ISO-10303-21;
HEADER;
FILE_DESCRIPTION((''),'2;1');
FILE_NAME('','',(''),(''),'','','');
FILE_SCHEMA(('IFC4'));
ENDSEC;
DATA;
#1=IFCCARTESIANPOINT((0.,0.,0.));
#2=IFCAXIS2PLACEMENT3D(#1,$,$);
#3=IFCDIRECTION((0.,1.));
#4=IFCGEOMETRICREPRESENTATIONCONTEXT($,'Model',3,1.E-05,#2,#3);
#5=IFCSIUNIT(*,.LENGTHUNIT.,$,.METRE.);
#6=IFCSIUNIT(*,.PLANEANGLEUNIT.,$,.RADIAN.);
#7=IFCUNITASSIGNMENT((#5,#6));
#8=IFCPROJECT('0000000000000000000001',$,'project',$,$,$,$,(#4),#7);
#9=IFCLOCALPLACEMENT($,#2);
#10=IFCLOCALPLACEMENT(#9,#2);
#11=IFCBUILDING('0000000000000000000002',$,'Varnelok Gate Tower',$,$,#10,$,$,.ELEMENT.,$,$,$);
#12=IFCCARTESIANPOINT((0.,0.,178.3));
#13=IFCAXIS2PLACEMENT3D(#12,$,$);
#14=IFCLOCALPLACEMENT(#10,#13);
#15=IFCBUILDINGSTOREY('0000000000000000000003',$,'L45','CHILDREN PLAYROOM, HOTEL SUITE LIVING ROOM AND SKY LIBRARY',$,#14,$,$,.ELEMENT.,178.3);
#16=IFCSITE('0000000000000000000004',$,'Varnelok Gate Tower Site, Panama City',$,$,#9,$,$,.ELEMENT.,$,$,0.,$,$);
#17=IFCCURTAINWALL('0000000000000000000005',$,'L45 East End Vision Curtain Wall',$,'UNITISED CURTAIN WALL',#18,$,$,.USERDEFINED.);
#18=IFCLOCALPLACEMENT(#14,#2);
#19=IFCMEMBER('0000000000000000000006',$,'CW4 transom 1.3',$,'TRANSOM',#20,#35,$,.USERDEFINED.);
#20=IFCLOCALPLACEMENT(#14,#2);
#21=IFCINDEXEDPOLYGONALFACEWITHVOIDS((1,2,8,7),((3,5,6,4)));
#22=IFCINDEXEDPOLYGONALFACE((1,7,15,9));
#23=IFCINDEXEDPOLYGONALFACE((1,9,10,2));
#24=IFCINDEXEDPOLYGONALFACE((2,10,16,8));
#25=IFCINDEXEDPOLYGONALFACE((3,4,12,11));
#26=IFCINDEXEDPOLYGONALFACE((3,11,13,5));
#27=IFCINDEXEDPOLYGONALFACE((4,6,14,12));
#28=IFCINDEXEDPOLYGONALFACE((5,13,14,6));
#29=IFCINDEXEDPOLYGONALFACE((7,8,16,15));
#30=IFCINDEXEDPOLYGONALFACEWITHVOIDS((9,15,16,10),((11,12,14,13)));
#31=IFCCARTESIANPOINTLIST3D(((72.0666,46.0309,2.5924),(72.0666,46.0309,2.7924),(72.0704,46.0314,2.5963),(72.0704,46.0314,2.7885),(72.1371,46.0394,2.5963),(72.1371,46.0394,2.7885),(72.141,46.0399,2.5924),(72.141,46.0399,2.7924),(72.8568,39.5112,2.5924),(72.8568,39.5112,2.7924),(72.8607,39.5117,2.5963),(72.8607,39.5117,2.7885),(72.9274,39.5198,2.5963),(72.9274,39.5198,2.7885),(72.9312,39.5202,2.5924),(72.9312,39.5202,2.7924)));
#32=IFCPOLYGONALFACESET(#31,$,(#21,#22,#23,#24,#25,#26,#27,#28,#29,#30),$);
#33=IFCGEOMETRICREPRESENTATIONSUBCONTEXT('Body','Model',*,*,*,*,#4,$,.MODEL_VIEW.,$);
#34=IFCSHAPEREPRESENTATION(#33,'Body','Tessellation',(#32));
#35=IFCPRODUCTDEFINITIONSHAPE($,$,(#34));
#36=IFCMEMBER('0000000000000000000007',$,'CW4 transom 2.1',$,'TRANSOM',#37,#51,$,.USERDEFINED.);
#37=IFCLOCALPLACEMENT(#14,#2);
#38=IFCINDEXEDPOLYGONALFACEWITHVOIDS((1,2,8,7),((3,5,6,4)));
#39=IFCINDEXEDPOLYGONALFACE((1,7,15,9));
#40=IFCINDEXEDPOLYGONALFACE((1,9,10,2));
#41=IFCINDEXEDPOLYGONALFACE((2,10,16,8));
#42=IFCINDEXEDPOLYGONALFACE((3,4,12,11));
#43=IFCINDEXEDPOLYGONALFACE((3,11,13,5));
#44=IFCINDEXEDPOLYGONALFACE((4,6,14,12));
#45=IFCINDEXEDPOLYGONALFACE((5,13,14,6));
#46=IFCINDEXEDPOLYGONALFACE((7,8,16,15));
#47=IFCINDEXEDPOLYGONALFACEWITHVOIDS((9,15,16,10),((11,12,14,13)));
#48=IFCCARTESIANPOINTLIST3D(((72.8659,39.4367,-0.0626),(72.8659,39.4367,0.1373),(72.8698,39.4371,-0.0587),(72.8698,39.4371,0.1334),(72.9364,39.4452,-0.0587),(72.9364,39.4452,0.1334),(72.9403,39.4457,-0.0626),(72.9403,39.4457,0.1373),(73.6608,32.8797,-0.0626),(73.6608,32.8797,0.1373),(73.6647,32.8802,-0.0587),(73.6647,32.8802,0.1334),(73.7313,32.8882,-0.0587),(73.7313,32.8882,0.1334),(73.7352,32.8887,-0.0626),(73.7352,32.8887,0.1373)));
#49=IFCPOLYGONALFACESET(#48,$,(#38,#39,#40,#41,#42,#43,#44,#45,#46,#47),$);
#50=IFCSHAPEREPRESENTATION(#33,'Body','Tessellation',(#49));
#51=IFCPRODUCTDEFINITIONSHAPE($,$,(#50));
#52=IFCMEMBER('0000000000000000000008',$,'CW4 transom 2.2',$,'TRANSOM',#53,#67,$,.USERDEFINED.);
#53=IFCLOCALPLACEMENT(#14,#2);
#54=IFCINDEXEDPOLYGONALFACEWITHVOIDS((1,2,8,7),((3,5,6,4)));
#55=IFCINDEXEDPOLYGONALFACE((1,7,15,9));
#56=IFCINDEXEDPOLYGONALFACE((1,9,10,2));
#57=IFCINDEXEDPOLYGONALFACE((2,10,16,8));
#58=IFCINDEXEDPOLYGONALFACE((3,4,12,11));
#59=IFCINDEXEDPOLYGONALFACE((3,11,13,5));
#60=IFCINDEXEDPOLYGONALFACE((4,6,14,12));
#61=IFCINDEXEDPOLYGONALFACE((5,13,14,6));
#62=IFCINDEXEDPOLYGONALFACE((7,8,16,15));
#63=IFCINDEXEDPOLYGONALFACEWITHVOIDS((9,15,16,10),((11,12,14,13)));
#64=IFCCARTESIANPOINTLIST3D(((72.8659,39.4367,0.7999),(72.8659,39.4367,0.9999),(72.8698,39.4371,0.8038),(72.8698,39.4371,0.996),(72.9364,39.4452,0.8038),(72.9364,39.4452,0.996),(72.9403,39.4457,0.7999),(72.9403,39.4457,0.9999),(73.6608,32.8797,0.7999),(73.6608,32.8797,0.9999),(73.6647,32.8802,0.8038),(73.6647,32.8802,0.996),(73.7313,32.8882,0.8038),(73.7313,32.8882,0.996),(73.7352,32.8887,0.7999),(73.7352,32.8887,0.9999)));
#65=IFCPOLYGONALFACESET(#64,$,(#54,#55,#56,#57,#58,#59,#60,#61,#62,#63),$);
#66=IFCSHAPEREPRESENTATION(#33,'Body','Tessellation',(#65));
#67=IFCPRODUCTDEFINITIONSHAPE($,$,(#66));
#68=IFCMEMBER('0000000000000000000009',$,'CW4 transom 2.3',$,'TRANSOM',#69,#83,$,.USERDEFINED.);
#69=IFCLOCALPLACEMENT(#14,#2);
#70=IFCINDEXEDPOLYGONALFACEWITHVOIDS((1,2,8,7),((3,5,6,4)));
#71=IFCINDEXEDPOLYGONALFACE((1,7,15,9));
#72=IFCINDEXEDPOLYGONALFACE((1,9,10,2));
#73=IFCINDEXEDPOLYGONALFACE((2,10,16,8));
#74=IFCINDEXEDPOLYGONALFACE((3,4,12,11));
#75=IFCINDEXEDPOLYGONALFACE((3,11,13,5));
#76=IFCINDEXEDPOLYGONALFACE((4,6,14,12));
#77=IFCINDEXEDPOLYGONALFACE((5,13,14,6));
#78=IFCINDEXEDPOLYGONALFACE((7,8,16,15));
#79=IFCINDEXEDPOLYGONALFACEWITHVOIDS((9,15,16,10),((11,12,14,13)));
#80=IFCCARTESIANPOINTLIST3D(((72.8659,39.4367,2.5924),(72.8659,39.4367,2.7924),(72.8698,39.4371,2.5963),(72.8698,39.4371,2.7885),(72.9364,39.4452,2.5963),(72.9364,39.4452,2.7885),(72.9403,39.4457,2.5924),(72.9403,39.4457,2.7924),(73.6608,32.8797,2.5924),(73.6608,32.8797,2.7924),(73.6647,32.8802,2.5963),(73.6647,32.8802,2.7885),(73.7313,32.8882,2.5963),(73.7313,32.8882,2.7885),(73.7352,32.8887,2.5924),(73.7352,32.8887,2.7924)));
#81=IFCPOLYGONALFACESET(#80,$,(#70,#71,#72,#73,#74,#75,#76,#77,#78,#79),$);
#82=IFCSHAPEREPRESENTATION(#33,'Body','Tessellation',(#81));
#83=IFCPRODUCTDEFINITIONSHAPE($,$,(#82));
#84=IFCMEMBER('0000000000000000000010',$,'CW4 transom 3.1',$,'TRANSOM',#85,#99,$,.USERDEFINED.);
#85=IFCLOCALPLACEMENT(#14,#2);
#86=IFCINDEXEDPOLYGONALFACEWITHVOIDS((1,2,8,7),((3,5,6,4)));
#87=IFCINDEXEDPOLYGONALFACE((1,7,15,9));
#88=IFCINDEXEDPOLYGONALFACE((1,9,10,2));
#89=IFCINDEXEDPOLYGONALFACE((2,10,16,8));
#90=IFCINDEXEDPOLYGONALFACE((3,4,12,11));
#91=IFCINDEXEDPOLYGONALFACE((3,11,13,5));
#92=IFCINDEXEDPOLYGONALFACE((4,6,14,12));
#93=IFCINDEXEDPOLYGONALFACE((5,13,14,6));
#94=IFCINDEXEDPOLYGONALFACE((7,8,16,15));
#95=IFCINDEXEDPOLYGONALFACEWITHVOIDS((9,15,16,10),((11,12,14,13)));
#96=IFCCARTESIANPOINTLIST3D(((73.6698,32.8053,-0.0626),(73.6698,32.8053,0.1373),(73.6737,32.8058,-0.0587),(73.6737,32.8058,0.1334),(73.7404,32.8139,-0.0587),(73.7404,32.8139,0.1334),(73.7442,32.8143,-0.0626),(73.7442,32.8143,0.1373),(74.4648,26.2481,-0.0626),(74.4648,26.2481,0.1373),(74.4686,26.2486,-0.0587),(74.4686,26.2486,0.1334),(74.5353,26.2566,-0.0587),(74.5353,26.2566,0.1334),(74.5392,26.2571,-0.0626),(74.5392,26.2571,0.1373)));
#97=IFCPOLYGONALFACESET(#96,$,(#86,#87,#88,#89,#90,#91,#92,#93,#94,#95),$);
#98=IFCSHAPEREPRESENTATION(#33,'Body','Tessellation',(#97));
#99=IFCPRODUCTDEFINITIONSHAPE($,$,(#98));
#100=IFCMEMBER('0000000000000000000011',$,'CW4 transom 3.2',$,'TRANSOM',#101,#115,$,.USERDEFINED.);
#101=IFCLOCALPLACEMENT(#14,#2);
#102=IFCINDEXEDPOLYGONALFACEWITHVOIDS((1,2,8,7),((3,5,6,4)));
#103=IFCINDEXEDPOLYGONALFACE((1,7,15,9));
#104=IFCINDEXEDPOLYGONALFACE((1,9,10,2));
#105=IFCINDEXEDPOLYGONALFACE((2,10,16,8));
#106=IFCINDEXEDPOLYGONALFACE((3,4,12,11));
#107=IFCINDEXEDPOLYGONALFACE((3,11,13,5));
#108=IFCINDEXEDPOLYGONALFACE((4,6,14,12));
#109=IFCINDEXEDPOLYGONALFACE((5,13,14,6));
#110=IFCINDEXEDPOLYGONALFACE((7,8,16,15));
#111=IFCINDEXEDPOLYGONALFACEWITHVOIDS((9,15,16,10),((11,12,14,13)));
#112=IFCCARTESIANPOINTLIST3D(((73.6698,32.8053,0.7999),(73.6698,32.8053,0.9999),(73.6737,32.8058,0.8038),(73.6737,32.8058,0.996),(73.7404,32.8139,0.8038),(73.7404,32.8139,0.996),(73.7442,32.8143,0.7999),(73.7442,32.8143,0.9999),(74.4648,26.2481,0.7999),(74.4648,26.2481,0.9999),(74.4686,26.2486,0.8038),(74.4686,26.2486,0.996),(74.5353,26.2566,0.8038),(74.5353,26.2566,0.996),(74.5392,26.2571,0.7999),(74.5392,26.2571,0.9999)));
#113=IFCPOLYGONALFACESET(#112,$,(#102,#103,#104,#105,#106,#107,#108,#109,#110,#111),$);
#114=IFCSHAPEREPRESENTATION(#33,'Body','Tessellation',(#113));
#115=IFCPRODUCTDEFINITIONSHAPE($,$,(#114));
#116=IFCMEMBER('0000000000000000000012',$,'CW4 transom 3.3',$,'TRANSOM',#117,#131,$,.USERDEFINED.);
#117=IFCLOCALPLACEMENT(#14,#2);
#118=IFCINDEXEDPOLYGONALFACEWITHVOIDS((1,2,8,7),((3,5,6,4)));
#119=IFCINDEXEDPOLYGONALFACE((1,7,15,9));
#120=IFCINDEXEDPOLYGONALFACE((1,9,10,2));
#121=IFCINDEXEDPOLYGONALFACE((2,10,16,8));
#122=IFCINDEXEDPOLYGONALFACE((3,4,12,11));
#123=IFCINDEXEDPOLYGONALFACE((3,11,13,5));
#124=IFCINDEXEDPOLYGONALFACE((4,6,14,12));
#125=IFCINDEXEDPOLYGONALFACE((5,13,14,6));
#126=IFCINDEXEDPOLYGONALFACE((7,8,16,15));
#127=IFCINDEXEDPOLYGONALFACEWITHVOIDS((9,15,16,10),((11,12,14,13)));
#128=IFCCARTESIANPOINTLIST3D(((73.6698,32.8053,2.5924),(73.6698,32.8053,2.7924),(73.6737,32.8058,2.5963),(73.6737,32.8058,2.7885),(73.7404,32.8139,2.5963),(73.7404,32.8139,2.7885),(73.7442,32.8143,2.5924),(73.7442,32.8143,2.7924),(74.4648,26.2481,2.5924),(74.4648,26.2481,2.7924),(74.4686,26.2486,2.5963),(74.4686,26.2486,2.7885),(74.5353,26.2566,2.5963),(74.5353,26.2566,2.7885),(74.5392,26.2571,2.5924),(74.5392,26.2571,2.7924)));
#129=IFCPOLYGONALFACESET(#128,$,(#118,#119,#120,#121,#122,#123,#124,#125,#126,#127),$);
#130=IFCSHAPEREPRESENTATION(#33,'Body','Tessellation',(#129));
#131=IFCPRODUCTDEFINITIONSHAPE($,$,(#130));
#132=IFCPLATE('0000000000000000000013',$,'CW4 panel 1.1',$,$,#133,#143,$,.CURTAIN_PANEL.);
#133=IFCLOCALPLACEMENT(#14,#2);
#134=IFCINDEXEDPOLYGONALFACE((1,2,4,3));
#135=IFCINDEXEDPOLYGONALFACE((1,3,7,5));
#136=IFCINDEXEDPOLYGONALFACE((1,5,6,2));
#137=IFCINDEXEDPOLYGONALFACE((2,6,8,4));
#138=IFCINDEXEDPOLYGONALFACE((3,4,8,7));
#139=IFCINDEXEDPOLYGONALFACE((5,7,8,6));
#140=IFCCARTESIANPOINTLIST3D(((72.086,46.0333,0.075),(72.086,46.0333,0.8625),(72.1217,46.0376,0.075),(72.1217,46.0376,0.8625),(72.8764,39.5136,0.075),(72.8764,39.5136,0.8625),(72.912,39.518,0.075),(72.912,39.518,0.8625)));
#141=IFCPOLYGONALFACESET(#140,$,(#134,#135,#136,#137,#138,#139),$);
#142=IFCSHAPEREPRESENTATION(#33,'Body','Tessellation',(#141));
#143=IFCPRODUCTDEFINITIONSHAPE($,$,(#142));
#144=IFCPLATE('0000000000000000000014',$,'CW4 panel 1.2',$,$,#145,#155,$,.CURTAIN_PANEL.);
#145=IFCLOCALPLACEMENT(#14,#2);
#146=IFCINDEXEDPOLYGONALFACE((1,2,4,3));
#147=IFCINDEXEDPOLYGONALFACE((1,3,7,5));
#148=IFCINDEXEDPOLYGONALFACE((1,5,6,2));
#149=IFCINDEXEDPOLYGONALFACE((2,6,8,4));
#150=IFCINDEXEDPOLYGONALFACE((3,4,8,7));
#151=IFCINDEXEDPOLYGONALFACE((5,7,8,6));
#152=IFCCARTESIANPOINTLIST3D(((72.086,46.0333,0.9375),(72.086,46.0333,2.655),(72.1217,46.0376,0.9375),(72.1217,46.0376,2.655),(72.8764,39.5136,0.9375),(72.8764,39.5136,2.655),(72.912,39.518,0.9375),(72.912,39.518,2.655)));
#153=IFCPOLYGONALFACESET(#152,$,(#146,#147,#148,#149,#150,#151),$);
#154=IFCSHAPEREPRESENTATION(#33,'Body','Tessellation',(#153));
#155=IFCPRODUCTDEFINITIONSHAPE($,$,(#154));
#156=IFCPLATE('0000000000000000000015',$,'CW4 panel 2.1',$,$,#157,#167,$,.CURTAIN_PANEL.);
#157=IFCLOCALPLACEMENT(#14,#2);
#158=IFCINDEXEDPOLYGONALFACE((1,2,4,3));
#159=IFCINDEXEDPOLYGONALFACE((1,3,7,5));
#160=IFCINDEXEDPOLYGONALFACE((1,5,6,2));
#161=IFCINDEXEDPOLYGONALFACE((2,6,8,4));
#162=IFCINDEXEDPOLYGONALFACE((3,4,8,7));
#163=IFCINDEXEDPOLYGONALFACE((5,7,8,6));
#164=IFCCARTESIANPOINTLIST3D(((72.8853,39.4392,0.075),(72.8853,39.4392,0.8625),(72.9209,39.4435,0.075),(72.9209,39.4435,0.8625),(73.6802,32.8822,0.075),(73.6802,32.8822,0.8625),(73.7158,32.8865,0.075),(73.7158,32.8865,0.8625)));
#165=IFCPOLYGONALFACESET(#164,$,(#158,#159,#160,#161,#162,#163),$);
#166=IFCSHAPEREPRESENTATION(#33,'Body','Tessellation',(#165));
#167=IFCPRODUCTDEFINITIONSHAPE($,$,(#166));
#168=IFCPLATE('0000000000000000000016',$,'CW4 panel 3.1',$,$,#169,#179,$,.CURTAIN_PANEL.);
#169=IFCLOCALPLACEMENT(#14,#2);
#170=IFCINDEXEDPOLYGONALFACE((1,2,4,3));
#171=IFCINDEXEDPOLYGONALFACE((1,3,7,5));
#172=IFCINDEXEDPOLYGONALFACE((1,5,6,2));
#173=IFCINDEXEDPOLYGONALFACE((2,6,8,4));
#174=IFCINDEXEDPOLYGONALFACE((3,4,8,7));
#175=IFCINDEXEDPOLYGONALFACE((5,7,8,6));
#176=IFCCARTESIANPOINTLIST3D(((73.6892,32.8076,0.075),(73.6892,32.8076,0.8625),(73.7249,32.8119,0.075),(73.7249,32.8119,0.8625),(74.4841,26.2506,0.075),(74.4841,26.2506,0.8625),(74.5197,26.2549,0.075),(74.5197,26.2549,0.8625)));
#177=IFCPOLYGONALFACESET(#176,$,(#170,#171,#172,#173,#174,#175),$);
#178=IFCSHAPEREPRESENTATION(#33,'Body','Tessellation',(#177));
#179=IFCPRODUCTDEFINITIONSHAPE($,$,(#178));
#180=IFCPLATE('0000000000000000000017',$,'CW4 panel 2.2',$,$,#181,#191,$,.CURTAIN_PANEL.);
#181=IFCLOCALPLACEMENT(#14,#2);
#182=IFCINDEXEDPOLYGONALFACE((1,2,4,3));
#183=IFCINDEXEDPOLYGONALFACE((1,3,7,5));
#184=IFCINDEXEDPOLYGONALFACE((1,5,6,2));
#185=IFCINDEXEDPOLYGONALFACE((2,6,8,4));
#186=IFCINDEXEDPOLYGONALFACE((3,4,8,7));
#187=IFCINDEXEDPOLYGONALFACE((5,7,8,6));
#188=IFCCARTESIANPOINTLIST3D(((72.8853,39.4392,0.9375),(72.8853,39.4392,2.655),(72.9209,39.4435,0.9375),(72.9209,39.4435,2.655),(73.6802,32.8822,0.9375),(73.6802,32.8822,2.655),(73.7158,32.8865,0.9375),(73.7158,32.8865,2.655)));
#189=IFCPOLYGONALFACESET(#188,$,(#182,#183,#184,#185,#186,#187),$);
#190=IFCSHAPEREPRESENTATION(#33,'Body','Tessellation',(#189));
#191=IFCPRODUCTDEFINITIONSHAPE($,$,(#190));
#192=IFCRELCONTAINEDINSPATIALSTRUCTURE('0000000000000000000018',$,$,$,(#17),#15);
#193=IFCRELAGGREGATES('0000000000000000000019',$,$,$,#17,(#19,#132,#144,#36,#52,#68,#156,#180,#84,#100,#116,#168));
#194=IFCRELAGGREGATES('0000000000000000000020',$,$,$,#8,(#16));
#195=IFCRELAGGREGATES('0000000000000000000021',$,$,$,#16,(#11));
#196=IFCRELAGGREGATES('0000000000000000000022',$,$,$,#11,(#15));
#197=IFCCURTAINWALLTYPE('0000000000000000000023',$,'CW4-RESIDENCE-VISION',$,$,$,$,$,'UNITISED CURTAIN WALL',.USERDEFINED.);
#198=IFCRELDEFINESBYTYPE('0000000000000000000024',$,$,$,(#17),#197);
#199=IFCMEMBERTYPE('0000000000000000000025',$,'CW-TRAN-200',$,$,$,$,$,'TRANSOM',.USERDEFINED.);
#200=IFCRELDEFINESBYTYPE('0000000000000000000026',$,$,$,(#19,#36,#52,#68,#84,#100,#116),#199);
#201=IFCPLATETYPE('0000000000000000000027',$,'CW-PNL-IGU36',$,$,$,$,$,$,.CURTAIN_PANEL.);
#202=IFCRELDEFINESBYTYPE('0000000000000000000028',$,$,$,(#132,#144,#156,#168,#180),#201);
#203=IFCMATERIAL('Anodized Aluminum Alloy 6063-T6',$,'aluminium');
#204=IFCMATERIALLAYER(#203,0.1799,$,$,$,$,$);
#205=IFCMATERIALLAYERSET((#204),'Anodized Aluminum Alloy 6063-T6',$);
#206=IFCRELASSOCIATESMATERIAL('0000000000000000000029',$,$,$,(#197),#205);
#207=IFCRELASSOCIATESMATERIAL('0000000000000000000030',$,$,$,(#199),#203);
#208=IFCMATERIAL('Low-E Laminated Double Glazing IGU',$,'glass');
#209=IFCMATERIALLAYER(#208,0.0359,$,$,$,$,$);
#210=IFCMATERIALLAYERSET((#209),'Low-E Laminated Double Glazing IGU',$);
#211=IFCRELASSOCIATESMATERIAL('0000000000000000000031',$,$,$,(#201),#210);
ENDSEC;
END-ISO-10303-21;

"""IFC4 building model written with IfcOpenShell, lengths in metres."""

from ifc_helpers import new_model, si_unit, direction, frame, origin, origin_2d, place, context, subcontext, project, spatial, rectangle, hollow_rectangle, extrude, source, transform, mapped, material, layer, layer_set, material_profile, profile_set, type_object, element, aggregate, save


model = new_model("IFC4")

# Units and contexts
model_context = context("Model", 3, precision=1e-05, world=origin(), true_north=direction((0.0, 1.0)))
body_context = subcontext(model_context, "Body", "Model", "MODEL_VIEW")
ifc_project = project(units=[si_unit("LENGTHUNIT", "METRE"), si_unit("PLANEANGLEUNIT", "RADIAN")], contexts=[model_context])

# Site, building, storey
site_placement = place(None, origin())
site = spatial("IfcSite", under=ifc_project, at=site_placement, Name="Varnelok Gate Tower Site, Panama City", CompositionType="ELEMENT", RefElevation=0.0)
building_placement = place(site_placement, origin())
building = spatial("IfcBuilding", under=site, at=building_placement, Name="Varnelok Gate Tower", CompositionType="ELEMENT")
storey_placement = place(building_placement, frame((0.0, 0.0, 178.3)))
storey = spatial("IfcBuildingStorey", under=building, at=storey_placement, Name="L45", Description="CHILDREN PLAYROOM, HOTEL SUITE LIVING ROOM AND SKY LIBRARY", CompositionType="ELEMENT", Elevation=178.3)

# Curtain wall, members, plates
ifc_material_1 = material(Name="Anodized Aluminum Alloy 6063-T6", Category="aluminium")
ifc_layer_1 = layer(ifc_material_1, 0.1799)
ifc_layer_set_1 = layer_set([ifc_layer_1], Name="Anodized Aluminum Alloy 6063-T6")
curtain_wall_type = type_object("IfcCurtainWallType", Name="CW4-RESIDENCE-VISION", ElementType="UNITISED CURTAIN WALL", PredefinedType="USERDEFINED", material=ifc_layer_set_1)
curtain_wall_placement = place(storey_placement, origin())
curtain_wall = element("IfcCurtainWall", 1, at=curtain_wall_placement, inside=storey, type_object=curtain_wall_type, Name="L45 East End Vision Curtain Wall", ObjectType="UNITISED CURTAIN WALL", PredefinedType="USERDEFINED")
ifc_material_profile_1 = material_profile(ifc_material_1, hollow_rectangle(XDim=0.075, YDim=0.2, WallThickness=0.0039, at=origin_2d()), Name="ALU200X75X4")
ifc_profile_set_1 = profile_set([ifc_material_profile_1], Name="Anodized Aluminum Alloy 6063-T6")
member_type_1 = type_object("IfcMemberType", Name="CW-TRAN-200", ElementType="TRANSOM", PredefinedType="USERDEFINED", material=ifc_profile_set_1)
member_1_placement = place(storey_placement, frame((72.1038, 46.0354, 2.6924), z_axis=(0.120332, -0.992734, 0.0), x_axis=(0.992734, 0.120332, 0.0)))
member_1 = element("IfcMember", 2, at=member_1_placement, type_object=member_type_1, Name="CW4 transom 1.3", ObjectType="TRANSOM", PredefinedType="USERDEFINED", context=body_context, shape_type="SweptSolid", body=[
    extrude(hollow_rectangle(XDim=0.075, YDim=0.2, WallThickness=0.0039, at=origin_2d()), origin(), (0.0, 0.0, 1.0), 6.5674),
])
member_2_placement = place(storey_placement, frame((72.9031, 39.4412, 0.0374), z_axis=(0.120353, -0.992731, 0.0), x_axis=(0.992731, 0.120353, 0.0)))
member_2 = element("IfcMember", 3, at=member_2_placement, type_object=member_type_1, Name="CW4 transom 2.1", ObjectType="TRANSOM", PredefinedType="USERDEFINED", context=body_context, shape_type="SweptSolid", body=[
    extrude(hollow_rectangle(XDim=0.075, YDim=0.2, WallThickness=0.0039, at=origin_2d()), origin(), (0.0, 0.0, 1.0), 6.605),
])
member_3_placement = place(storey_placement, frame((72.9031, 39.4412, 0.8999), z_axis=(0.120353, -0.992731, 0.0), x_axis=(0.992731, 0.120353, 0.0)))
member_3 = element("IfcMember", 4, at=member_3_placement, type_object=member_type_1, Name="CW4 transom 2.2", ObjectType="TRANSOM", PredefinedType="USERDEFINED", context=body_context, shape_type="SweptSolid", body=[
    extrude(hollow_rectangle(XDim=0.075, YDim=0.2, WallThickness=0.0039, at=origin_2d()), origin(), (0.0, 0.0, 1.0), 6.605),
])
member_4_placement = place(storey_placement, frame((72.9031, 39.4412, 2.6924), z_axis=(0.120353, -0.992731, 0.0), x_axis=(0.992731, 0.120353, 0.0)))
member_4 = element("IfcMember", 5, at=member_4_placement, type_object=member_type_1, Name="CW4 transom 2.3", ObjectType="TRANSOM", PredefinedType="USERDEFINED", context=body_context, shape_type="SweptSolid", body=[
    extrude(hollow_rectangle(XDim=0.075, YDim=0.2, WallThickness=0.0039, at=origin_2d()), origin(), (0.0, 0.0, 1.0), 6.605),
])
member_5_placement = place(storey_placement, frame((73.707, 32.8098, 0.0374), z_axis=(0.120349, -0.992732, 0.0), x_axis=(0.992732, 0.120349, 0.0)))
member_5 = element("IfcMember", 6, at=member_5_placement, type_object=member_type_1, Name="CW4 transom 3.1", ObjectType="TRANSOM", PredefinedType="USERDEFINED", context=body_context, shape_type="SweptSolid", body=[
    extrude(hollow_rectangle(XDim=0.075, YDim=0.2, WallThickness=0.0039, at=origin_2d()), origin(), (0.0, 0.0, 1.0), 6.6052),
])
member_6_placement = place(storey_placement, frame((73.707, 32.8098, 0.8999), z_axis=(0.120349, -0.992732, 0.0), x_axis=(0.992732, 0.120349, 0.0)))
member_6 = element("IfcMember", 7, at=member_6_placement, type_object=member_type_1, Name="CW4 transom 3.2", ObjectType="TRANSOM", PredefinedType="USERDEFINED", context=body_context, shape_type="SweptSolid", body=[
    extrude(hollow_rectangle(XDim=0.075, YDim=0.2, WallThickness=0.0039, at=origin_2d()), origin(), (0.0, 0.0, 1.0), 6.6052),
])
member_7_placement = place(storey_placement, frame((73.707, 32.8098, 2.6924), z_axis=(0.120349, -0.992732, 0.0), x_axis=(0.992732, 0.120349, 0.0)))
member_7 = element("IfcMember", 8, at=member_7_placement, type_object=member_type_1, Name="CW4 transom 3.3", ObjectType="TRANSOM", PredefinedType="USERDEFINED", context=body_context, shape_type="SweptSolid", body=[
    extrude(hollow_rectangle(XDim=0.075, YDim=0.2, WallThickness=0.0039, at=origin_2d()), origin(), (0.0, 0.0, 1.0), 6.6052),
])
ifc_material_2 = material(Name="Low-E Laminated Double Glazing IGU", Category="glass")
ifc_layer_2 = layer(ifc_material_2, 0.0359)
ifc_layer_set_2 = layer_set([ifc_layer_2], Name="Low-E Laminated Double Glazing IGU")
plate_type = type_object("IfcPlateType", Name="CW-PNL-IGU36", PredefinedType="CURTAIN_PANEL", material=ifc_layer_set_2)
shared_shape_1 = source(origin(), body_context, "Body", "SweptSolid", [
    extrude(rectangle(XDim=6.5674, YDim=0.0359, at=origin_2d()), origin(), (0.0, 0.0, 1.0), 0.7876),
])
plate_1_placement = place(storey_placement, frame((72.499, 42.7756, 0.075), z_axis=(0.0, 0.0, 1.0), x_axis=(0.120345, -0.992732, 0.0)))
plate_1 = element("IfcPlate", 9, at=plate_1_placement, type_object=plate_type, Name="CW4 panel 1.1", PredefinedType="CURTAIN_PANEL", context=body_context, shape_type="MappedRepresentation", body=[
    mapped(shared_shape_1, transform((0.0, 0.0, 0.0), scale=1.0)),
])
shared_shape_2 = source(origin(), body_context, "Body", "SweptSolid", [
    extrude(rectangle(XDim=6.5674, YDim=0.0359, at=origin_2d()), origin(), (0.0, 0.0, 1.0), 1.7175),
])
plate_2_placement = place(storey_placement, frame((72.499, 42.7756, 0.9375), z_axis=(0.0, 0.0, 1.0), x_axis=(0.120345, -0.992732, 0.0)))
plate_2 = element("IfcPlate", 10, at=plate_2_placement, type_object=plate_type, Name="CW4 panel 1.2", PredefinedType="CURTAIN_PANEL", context=body_context, shape_type="MappedRepresentation", body=[
    mapped(shared_shape_2, transform((0.0, 0.0, 0.0), scale=1.0)),
])
shared_shape_3 = source(origin(), body_context, "Body", "SweptSolid", [
    extrude(rectangle(XDim=6.605, YDim=0.0359, at=origin_2d()), origin(), (0.0, 0.0, 1.0), 0.7876),
])
plate_3_placement = place(storey_placement, frame((73.3005, 36.1628, 0.075), z_axis=(0.0, 0.0, 1.0), x_axis=(0.120345, -0.992732, 0.0)))
plate_3 = element("IfcPlate", 11, at=plate_3_placement, type_object=plate_type, Name="CW4 panel 2.1", PredefinedType="CURTAIN_PANEL", context=body_context, shape_type="MappedRepresentation", body=[
    mapped(shared_shape_3, transform((0.0, 0.0, 0.0), scale=1.0)),
])
plate_4_placement = place(storey_placement, frame((74.1045, 29.5312, 0.075), z_axis=(0.0, 0.0, 1.0), x_axis=(0.120345, -0.992732, 0.0)))
plate_4 = element("IfcPlate", 12, at=plate_4_placement, type_object=plate_type, Name="CW4 panel 3.1", PredefinedType="CURTAIN_PANEL", context=body_context, shape_type="MappedRepresentation", body=[
    mapped(shared_shape_3, transform((0.0, 0.0, 0.0), scale=1.0)),
])
shared_shape_4 = source(origin(), body_context, "Body", "SweptSolid", [
    extrude(rectangle(XDim=6.605, YDim=0.0359, at=origin_2d()), origin(), (0.0, 0.0, 1.0), 1.7175),
])
plate_5_placement = place(storey_placement, frame((73.3005, 36.1628, 0.9375), z_axis=(0.0, 0.0, 1.0), x_axis=(0.120345, -0.992732, 0.0)))
plate_5 = element("IfcPlate", 13, at=plate_5_placement, type_object=plate_type, Name="CW4 panel 2.2", PredefinedType="CURTAIN_PANEL", context=body_context, shape_type="MappedRepresentation", body=[
    mapped(shared_shape_4, transform((0.0, 0.0, 0.0), scale=1.0)),
])
aggregate(curtain_wall, [member_1, plate_1, plate_2, member_2, member_3, member_4, plate_3, plate_5, member_5, member_6, member_7, plate_4])

save(model, "model.ifc")
